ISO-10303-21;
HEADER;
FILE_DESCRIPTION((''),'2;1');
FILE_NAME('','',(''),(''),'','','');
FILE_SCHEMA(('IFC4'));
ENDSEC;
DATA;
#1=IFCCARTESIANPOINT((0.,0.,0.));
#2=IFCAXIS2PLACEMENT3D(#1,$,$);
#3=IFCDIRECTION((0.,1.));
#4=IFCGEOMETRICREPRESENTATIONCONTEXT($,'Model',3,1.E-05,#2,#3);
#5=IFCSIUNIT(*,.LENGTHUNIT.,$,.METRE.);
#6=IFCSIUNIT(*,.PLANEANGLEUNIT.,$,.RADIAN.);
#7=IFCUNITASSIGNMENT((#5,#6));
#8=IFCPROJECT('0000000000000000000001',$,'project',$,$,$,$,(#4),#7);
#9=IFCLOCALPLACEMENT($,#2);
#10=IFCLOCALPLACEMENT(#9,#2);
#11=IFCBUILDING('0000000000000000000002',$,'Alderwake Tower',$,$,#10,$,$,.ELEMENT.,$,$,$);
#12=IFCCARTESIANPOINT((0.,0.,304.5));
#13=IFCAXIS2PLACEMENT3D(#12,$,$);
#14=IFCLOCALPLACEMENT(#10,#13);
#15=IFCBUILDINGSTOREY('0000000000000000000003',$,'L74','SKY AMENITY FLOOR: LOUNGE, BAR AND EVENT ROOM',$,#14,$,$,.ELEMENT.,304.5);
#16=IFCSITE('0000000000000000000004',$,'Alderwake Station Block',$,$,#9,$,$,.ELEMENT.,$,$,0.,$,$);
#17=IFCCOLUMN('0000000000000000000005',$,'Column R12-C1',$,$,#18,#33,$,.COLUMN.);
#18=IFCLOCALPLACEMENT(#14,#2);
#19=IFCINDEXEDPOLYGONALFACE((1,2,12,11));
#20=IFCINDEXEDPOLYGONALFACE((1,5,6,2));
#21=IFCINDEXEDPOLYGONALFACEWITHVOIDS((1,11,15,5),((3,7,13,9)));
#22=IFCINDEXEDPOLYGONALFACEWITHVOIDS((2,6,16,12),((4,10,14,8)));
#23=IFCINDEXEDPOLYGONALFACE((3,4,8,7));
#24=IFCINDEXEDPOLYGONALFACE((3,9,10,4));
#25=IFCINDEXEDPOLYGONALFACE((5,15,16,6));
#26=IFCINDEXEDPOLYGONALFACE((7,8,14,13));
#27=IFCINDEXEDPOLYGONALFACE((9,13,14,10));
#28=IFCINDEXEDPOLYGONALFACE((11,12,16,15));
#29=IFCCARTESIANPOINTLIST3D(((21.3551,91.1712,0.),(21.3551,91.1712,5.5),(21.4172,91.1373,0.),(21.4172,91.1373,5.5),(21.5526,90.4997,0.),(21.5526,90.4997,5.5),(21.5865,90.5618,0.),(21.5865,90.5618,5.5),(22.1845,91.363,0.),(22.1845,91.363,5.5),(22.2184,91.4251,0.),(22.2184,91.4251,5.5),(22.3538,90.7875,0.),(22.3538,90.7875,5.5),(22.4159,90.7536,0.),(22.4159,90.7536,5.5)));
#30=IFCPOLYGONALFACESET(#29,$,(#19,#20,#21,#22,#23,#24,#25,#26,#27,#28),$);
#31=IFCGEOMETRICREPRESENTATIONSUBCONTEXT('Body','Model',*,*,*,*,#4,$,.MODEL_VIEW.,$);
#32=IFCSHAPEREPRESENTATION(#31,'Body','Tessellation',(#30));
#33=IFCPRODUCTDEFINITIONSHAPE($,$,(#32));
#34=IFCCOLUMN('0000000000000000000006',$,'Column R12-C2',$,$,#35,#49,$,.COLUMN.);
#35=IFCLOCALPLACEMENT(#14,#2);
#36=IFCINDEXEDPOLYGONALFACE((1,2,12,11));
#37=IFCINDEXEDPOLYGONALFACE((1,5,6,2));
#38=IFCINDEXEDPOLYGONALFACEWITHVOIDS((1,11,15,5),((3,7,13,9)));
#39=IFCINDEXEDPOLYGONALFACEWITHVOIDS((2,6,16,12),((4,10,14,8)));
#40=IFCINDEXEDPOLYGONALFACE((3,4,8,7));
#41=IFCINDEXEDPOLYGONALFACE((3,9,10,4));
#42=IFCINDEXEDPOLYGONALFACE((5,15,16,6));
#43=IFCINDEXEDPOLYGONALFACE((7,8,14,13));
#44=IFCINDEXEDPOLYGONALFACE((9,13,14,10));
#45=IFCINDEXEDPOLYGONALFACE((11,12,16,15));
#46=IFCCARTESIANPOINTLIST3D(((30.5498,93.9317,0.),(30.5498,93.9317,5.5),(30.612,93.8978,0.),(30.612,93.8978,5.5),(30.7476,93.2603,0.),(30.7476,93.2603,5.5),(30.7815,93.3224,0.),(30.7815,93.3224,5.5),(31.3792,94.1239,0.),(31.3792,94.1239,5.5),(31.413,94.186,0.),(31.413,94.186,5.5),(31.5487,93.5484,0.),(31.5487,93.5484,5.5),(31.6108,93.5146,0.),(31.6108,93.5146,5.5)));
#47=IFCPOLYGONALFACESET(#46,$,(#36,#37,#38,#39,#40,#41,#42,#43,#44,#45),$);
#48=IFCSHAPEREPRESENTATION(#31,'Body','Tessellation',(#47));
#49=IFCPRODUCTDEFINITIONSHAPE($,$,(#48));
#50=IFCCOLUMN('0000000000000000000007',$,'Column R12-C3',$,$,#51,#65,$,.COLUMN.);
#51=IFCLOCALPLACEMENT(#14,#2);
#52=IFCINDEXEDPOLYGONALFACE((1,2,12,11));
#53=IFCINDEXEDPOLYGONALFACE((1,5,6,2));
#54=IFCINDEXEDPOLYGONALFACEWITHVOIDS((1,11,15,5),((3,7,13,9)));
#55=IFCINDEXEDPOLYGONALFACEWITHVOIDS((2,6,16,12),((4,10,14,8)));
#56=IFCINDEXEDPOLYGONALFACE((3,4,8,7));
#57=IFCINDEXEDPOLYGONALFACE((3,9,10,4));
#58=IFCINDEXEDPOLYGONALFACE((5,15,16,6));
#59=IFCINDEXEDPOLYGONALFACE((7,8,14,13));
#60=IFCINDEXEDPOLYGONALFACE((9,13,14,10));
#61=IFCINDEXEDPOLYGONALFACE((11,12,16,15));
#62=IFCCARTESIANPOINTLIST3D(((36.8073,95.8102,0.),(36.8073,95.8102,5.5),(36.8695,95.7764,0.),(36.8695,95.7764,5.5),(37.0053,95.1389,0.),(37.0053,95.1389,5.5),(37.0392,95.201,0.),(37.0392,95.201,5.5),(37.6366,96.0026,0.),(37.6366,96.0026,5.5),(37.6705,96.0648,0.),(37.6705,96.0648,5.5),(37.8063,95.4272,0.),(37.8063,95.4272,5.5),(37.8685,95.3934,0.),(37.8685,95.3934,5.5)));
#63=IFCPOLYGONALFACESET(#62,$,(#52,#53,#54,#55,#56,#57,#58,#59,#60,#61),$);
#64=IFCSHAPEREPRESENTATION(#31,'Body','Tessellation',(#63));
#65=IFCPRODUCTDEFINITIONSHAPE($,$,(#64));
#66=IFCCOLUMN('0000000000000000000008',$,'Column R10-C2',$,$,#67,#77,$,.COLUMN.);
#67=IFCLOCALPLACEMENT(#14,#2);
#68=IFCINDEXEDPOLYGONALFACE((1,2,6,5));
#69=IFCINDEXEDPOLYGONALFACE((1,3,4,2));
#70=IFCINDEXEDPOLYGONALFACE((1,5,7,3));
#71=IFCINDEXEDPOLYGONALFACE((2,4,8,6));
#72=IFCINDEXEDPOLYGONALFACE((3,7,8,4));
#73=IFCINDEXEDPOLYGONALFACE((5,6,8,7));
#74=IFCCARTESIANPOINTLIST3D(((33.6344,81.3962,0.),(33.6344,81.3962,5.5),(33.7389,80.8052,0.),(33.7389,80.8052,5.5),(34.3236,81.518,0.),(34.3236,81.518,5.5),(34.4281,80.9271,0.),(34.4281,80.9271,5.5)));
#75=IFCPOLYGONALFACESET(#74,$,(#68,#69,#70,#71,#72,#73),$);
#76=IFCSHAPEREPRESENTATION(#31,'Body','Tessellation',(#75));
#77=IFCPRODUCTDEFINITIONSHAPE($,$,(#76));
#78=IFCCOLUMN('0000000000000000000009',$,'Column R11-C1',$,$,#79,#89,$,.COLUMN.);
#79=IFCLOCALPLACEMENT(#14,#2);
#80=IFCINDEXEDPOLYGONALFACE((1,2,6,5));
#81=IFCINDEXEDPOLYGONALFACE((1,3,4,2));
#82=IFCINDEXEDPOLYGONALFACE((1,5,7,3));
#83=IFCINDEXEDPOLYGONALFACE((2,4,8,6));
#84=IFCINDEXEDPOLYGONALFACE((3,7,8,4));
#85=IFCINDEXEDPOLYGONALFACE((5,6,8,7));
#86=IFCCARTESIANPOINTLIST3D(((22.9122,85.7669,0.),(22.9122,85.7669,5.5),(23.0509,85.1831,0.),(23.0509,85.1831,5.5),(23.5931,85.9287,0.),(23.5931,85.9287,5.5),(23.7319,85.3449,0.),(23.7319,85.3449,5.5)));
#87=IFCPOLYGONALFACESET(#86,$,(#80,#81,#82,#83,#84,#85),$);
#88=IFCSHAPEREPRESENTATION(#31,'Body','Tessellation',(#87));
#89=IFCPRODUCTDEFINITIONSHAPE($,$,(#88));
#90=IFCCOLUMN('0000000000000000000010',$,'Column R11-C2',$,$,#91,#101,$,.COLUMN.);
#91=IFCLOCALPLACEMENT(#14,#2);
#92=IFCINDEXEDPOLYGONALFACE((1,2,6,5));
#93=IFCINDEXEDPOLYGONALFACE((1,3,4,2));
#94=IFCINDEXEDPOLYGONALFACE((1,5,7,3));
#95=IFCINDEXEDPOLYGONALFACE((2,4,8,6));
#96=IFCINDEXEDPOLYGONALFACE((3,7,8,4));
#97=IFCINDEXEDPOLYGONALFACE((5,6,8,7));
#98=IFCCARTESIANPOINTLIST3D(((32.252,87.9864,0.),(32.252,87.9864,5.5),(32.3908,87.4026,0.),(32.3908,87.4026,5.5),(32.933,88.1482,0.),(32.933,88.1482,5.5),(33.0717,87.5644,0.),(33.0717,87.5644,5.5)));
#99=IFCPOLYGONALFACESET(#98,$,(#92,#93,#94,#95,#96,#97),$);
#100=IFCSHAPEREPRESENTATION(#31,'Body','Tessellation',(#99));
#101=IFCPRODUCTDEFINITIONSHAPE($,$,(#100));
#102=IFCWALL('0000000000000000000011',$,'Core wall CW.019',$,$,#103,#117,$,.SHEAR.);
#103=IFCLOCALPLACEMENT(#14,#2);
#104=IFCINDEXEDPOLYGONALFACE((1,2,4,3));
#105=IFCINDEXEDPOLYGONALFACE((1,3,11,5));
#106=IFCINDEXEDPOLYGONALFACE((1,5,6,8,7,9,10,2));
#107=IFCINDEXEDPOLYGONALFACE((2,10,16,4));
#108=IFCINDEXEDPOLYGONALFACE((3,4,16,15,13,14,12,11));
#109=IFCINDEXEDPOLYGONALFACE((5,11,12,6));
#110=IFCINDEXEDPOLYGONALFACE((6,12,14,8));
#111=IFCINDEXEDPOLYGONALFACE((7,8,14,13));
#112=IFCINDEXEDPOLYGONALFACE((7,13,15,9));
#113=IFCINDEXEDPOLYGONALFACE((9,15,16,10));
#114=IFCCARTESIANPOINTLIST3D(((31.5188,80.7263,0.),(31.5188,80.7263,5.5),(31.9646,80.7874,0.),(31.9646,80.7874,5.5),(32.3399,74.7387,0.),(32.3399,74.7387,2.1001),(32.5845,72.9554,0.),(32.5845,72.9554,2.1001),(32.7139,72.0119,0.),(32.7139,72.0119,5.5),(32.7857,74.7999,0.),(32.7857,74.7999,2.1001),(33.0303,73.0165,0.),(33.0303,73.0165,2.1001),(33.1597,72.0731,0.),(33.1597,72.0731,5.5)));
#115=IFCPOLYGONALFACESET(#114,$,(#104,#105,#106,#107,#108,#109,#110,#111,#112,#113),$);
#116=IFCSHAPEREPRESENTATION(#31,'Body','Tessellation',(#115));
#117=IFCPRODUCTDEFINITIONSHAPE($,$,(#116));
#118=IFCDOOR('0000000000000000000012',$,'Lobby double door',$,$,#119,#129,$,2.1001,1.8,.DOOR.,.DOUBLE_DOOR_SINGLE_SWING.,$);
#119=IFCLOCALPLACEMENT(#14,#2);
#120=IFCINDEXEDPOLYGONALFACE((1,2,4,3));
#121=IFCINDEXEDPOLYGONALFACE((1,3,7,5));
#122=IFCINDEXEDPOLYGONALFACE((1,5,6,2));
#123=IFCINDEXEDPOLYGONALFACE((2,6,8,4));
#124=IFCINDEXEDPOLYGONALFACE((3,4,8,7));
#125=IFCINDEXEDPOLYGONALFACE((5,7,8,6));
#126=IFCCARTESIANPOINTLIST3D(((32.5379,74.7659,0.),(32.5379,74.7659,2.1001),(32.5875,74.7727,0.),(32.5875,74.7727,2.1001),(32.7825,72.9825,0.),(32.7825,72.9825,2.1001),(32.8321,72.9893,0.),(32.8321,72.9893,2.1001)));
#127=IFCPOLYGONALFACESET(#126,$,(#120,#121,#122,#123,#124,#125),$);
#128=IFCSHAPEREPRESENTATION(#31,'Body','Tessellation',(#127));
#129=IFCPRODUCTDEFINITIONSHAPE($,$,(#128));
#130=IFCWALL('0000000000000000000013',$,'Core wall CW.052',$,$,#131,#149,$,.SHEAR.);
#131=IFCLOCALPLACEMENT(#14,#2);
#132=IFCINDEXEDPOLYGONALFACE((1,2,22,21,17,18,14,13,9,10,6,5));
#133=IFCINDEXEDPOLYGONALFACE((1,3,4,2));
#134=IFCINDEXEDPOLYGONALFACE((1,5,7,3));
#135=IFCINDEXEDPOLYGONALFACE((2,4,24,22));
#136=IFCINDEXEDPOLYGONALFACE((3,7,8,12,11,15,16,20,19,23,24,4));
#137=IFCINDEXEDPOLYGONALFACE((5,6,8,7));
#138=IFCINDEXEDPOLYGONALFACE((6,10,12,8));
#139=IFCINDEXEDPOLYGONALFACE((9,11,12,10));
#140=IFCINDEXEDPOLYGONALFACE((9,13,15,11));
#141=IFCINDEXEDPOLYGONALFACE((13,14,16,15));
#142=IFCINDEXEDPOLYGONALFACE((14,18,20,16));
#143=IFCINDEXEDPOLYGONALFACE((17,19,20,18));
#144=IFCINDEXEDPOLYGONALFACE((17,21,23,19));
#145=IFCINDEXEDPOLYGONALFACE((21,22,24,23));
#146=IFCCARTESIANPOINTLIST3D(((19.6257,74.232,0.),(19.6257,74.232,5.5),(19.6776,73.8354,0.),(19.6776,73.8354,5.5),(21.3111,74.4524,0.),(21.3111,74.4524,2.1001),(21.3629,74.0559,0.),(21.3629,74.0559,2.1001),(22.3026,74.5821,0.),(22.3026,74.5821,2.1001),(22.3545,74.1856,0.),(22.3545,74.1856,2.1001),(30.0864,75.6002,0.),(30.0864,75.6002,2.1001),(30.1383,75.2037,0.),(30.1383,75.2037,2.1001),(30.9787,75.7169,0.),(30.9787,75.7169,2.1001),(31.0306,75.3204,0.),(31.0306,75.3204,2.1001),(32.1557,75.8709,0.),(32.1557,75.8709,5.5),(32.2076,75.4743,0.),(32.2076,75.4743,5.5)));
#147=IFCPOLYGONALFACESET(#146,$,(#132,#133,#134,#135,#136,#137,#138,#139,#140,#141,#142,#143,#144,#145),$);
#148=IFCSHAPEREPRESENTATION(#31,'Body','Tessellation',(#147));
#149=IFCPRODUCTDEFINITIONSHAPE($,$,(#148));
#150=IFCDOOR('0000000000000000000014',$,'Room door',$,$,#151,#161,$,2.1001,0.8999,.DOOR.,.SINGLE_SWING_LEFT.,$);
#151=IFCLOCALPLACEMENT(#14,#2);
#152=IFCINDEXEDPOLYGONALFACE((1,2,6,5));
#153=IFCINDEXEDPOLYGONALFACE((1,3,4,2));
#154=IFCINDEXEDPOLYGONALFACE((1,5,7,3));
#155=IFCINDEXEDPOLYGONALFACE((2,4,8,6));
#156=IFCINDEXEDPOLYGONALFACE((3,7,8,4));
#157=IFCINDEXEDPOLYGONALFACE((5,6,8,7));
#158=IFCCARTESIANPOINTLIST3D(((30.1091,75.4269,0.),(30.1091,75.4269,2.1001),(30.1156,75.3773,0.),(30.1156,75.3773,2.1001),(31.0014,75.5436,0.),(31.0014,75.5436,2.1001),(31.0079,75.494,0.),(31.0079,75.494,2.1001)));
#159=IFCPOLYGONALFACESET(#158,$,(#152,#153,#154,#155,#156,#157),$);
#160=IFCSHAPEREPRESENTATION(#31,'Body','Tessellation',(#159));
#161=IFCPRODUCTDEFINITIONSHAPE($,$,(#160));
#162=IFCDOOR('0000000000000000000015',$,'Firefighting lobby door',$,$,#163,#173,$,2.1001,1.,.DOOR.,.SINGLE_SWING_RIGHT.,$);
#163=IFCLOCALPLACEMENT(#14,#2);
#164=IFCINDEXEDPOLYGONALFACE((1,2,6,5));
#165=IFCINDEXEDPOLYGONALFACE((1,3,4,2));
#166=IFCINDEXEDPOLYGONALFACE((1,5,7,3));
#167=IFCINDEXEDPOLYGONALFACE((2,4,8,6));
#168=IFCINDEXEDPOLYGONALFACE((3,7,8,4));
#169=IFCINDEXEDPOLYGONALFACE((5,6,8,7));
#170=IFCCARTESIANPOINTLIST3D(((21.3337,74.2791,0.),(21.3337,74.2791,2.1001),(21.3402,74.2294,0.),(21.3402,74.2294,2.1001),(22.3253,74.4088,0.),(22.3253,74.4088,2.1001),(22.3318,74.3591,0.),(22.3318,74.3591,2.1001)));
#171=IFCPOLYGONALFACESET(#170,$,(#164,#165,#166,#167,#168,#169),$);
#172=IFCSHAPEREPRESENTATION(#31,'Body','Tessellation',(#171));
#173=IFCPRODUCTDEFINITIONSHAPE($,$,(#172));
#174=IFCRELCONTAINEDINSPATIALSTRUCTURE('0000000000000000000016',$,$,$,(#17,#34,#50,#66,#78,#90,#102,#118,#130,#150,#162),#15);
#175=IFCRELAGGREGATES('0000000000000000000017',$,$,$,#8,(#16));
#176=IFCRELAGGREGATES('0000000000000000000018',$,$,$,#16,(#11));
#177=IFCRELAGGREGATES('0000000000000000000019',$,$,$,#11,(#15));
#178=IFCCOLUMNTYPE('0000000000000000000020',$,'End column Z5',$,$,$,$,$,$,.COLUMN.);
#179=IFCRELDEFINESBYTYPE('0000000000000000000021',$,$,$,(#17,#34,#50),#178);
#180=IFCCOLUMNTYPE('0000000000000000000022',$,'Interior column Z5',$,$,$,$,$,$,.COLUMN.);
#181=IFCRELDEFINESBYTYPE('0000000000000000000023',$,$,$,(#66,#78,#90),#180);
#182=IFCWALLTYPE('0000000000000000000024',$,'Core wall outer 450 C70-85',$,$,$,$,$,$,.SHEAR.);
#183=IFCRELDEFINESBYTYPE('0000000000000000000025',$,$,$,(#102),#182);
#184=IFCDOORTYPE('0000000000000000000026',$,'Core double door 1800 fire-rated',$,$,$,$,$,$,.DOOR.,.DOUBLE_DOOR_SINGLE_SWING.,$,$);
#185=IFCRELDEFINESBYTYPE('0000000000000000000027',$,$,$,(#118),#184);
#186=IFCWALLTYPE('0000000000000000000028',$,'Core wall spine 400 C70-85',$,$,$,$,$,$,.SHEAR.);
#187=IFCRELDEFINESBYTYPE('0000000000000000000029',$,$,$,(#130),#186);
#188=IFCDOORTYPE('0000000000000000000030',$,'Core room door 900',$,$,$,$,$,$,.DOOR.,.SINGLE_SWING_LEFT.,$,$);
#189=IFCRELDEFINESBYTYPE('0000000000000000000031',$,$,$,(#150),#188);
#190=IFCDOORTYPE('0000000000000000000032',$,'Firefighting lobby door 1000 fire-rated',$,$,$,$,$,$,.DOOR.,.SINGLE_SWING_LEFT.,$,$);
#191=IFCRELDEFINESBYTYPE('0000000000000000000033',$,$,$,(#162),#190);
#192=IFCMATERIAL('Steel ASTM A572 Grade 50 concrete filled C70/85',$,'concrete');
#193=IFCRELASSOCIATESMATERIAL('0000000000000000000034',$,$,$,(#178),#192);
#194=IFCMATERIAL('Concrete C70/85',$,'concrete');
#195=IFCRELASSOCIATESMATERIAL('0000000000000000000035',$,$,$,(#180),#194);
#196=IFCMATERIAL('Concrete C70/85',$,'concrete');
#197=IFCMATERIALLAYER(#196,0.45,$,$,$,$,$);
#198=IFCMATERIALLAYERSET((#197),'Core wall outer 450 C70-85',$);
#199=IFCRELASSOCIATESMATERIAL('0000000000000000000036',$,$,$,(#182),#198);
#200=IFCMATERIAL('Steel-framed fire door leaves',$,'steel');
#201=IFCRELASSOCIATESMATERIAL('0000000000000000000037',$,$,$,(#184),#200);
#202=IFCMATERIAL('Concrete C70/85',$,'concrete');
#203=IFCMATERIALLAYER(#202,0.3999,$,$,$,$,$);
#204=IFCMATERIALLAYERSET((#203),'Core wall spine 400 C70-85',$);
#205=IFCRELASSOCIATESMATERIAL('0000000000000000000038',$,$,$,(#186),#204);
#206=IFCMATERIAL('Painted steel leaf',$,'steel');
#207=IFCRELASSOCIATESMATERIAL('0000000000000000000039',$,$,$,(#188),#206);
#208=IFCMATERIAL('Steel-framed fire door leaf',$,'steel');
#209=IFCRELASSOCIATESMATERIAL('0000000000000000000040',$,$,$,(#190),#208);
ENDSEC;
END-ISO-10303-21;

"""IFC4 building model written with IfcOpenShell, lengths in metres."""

from ifc_helpers import new_model, si_unit, direction, frame, frame_2d, origin, origin_2d, place, context, subcontext, project, spatial, rectangle, hollow_rectangle, extrude, material, layer, layer_set, material_profile, profile_set, type_object, element, fill, save


model = new_model("IFC4")

# Units and contexts
model_context = context("Model", 3, precision=1e-05, world=origin(), true_north=direction((0.0, 1.0)))
body_context = subcontext(model_context, "Body", "Model", "MODEL_VIEW")
ifc_project = project(units=[si_unit("LENGTHUNIT", "METRE"), si_unit("PLANEANGLEUNIT", "RADIAN")], contexts=[model_context])

# Site, building, storey
site_placement = place(None, origin())
site = spatial("IfcSite", under=ifc_project, at=site_placement, Name="Alderwake Station Block", CompositionType="ELEMENT", RefElevation=0.0)
building_placement = place(site_placement, origin())
building = spatial("IfcBuilding", under=site, at=building_placement, Name="Alderwake Tower", CompositionType="ELEMENT")
storey_placement = place(building_placement, frame((0.0, 0.0, 304.5)))
storey = spatial("IfcBuildingStorey", under=building, at=storey_placement, Name="L74", Description="SKY AMENITY FLOOR: LOUNGE, BAR AND EVENT ROOM", CompositionType="ELEMENT", Elevation=304.5)

# Columns
ifc_material_1 = material(Name="Steel ASTM A572 Grade 50 concrete filled C70/85", Category="concrete")
ifc_material_profile_1 = material_profile(ifc_material_1, hollow_rectangle(XDim=0.7, YDim=0.8999, WallThickness=0.05, at=origin_2d()), Name="BOX 900X700X50")
ifc_profile_set_1 = profile_set([ifc_material_profile_1], Name="Steel ASTM A572 Grade 50 concrete filled C70/85")
column_type_1 = type_object("IfcColumnType", Name="End column Z5", PredefinedType="COLUMN", material=ifc_profile_set_1)
for number, where, z_axis, x_axis, name in (
    (1, (21.8855, 90.9624, 0.0), (0.0, 0.0, 1.0), (-0.282132, 0.959376, 0.0), "Column R12-C1"),
    (2, (31.0803, 93.7231, 0.0), (0.0, 0.0, 1.0), (-0.282583, 0.959243, 0.0), "Column R12-C2"),
    (3, (37.3379, 95.6018, 0.0), (0.0, 0.0, 1.0), (-0.282847, 0.959165, 0.0), "Column R12-C3"),
):
    element("IfcColumn", number, at=place(storey_placement, frame(where, z_axis=z_axis, x_axis=x_axis)), inside=storey, type_object=column_type_1, Name=name, PredefinedType="COLUMN", context=body_context, shape_type="SweptSolid", body=[
        extrude(hollow_rectangle(XDim=0.7, YDim=0.8999, WallThickness=0.05, at=origin_2d()), origin(), (0.0, 0.0, 1.0), 5.5),
    ])
ifc_material_2 = material(Name="Concrete C70/85", Category="concrete")
ifc_material_profile_2 = material_profile(ifc_material_2, rectangle(XDim=0.6001, YDim=0.7, at=origin_2d()), Name="RC 700X600")
ifc_profile_set_2 = profile_set([ifc_material_profile_2], Name="Concrete C70/85")
column_type_2 = type_object("IfcColumnType", Name="Interior column Z5", PredefinedType="COLUMN", material=ifc_profile_set_2)
for number, where, z_axis, x_axis, name in (
    (4, (34.0312, 81.1616, 0.0), (0.0, 0.0, 1.0), (-0.174109, 0.984726, 0.0), "Column R10-C2"),
    (5, (23.322, 85.5559, 0.0), (0.0, 0.0, 1.0), (-0.231222, 0.972901, 0.0), "Column R11-C1"),
    (6, (32.6619, 87.7754, 0.0), (0.0, 0.0, 1.0), (-0.231222, 0.972901, 0.0), "Column R11-C2"),
):
    element("IfcColumn", number, at=place(storey_placement, frame(where, z_axis=z_axis, x_axis=x_axis)), inside=storey, type_object=column_type_2, Name=name, PredefinedType="COLUMN", context=body_context, shape_type="SweptSolid", body=[
        extrude(rectangle(XDim=0.6001, YDim=0.7, at=origin_2d()), origin(), (0.0, 0.0, 1.0), 5.5),
    ])

# Wall, opening, door
ifc_material_3 = material(Name="Concrete C70/85", Category="concrete")
ifc_layer_1 = layer(ifc_material_3, 0.45)
ifc_layer_set_1 = layer_set([ifc_layer_1], Name="Core wall outer 450 C70-85")
wall_type_1 = type_object("IfcWallType", Name="Core wall outer 450 C70-85", PredefinedType="SHEAR", material=ifc_layer_set_1)
wall_1_placement = place(storey_placement, frame((31.7417, 80.7568, 0.0), z_axis=(0.0, 0.0, 1.0), x_axis=(0.135866, -0.990727, 0.0)))
wall_1 = element("IfcWall", 7, at=wall_1_placement, inside=storey, type_object=wall_type_1, Name="Core wall CW.019", PredefinedType="SHEAR", context=body_context, shape_type="SweptSolid", body=[
    extrude(rectangle(XDim=8.7959, YDim=0.45, at=frame_2d((4.3979, 0.0))), origin(), (0.0, 0.0, 1.0), 5.5),
])
opening_1_placement = place(wall_1_placement, frame((6.0437, 0.0, 0.0)))
opening_1 = element("IfcOpeningElement", 8, at=opening_1_placement, cuts=wall_1, PredefinedType="OPENING", context=body_context, shape_type="SweptSolid", body=[
    extrude(rectangle(XDim=1.8, YDim=2.1001, at=frame_2d((0.8999, 1.05))), frame((0.0, 0.2349, 0.0), z_axis=(0.0, -1.0, 0.0), x_axis=(1.0, 0.0, 0.0)), (0.0, 0.0, 1.0), 0.47),
])
ifc_material_4 = material(Name="Steel-framed fire door leaves", Category="steel")
door_type_1 = type_object("IfcDoorType", Name="Core double door 1800 fire-rated", OperationType="DOUBLE_DOOR_SINGLE_SWING", PredefinedType="DOOR", material=ifc_material_4)
door_1_placement = place(opening_1_placement, origin())
door_1 = element("IfcDoor", 9, at=door_1_placement, inside=storey, type_object=door_type_1, Name="Lobby double door", OperationType="DOUBLE_DOOR_SINGLE_SWING", OverallHeight=2.1001, OverallWidth=1.8, PredefinedType="DOOR", context=body_context, shape_type="SweptSolid", body=[
    extrude(rectangle(XDim=1.8, YDim=2.1001, at=frame_2d((0.8999, 1.05))), frame((0.0, 0.0249, 0.0), z_axis=(0.0, -1.0, 0.0), x_axis=(1.0, 0.0, 0.0)), (0.0, 0.0, 1.0), 0.05),
])
fill(opening_1, door_1)

# Wall, openings, doors
ifc_material_5 = material(Name="Concrete C70/85", Category="concrete")
ifc_layer_2 = layer(ifc_material_5, 0.3999)
ifc_layer_set_2 = layer_set([ifc_layer_2], Name="Core wall spine 400 C70-85")
wall_type_2 = type_object("IfcWallType", Name="Core wall spine 400 C70-85", PredefinedType="SHEAR", material=ifc_layer_set_2)
wall_2_placement = place(storey_placement, frame((32.1816, 75.6726, 0.0), z_axis=(0.0, 0.0, 1.0), x_axis=(-0.991554, -0.129694, 0.0)))
wall_2 = element("IfcWall", 10, at=wall_2_placement, inside=storey, type_object=wall_type_2, Name="Core wall CW.052", PredefinedType="SHEAR", context=body_context, shape_type="SweptSolid", body=[
    extrude(rectangle(XDim=12.6367, YDim=0.3999, at=frame_2d((6.3184, 0.0))), origin(), (0.0, 0.0, 1.0), 5.5),
])
opening_2_placement = place(wall_2_placement, frame((9.937, 0.0, 0.0)))
opening_2 = element("IfcOpeningElement", 11, at=opening_2_placement, cuts=wall_2, PredefinedType="OPENING", context=body_context, shape_type="SweptSolid", body=[
    extrude(rectangle(XDim=1.0, YDim=2.1001, at=frame_2d((0.5, 1.05))), frame((0.0, 0.21, 0.0), z_axis=(0.0, -1.0, 0.0), x_axis=(1.0, 0.0, 0.0)), (0.0, 0.0, 1.0), 0.4199),
])
opening_3_placement = place(wall_2_placement, frame((1.187, 0.0, 0.0)))
opening_3 = element("IfcOpeningElement", 12, at=opening_3_placement, cuts=wall_2, PredefinedType="OPENING", context=body_context, shape_type="SweptSolid", body=[
    extrude(rectangle(XDim=0.8999, YDim=2.1001, at=frame_2d((0.45, 1.05))), frame((0.0, 0.21, 0.0), z_axis=(0.0, -1.0, 0.0), x_axis=(1.0, 0.0, 0.0)), (0.0, 0.0, 1.0), 0.4199),
])
ifc_material_6 = material(Name="Painted steel leaf", Category="steel")
door_type_2 = type_object("IfcDoorType", Name="Core room door 900", OperationType="SINGLE_SWING_LEFT", PredefinedType="DOOR", material=ifc_material_6)
door_2_placement = place(opening_3_placement, origin())
door_2 = element("IfcDoor", 13, at=door_2_placement, inside=storey, type_object=door_type_2, Name="Room door", OperationType="SINGLE_SWING_LEFT", OverallHeight=2.1001, OverallWidth=0.8999, PredefinedType="DOOR", context=body_context, shape_type="SweptSolid", body=[
    extrude(rectangle(XDim=0.8999, YDim=2.1001, at=frame_2d((0.45, 1.05))), frame((0.0, 0.0249, 0.0), z_axis=(0.0, -1.0, 0.0), x_axis=(1.0, 0.0, 0.0)), (0.0, 0.0, 1.0), 0.05),
])
fill(opening_3, door_2)
ifc_material_7 = material(Name="Steel-framed fire door leaf", Category="steel")
door_type_3 = type_object("IfcDoorType", Name="Firefighting lobby door 1000 fire-rated", OperationType="SINGLE_SWING_LEFT", PredefinedType="DOOR", material=ifc_material_7)
door_3_placement = place(opening_2_placement, origin())
door_3 = element("IfcDoor", 14, at=door_3_placement, inside=storey, type_object=door_type_3, Name="Firefighting lobby door", OperationType="SINGLE_SWING_RIGHT", OverallHeight=2.1001, OverallWidth=1.0, PredefinedType="DOOR", context=body_context, shape_type="SweptSolid", body=[
    extrude(rectangle(XDim=1.0, YDim=2.1001, at=frame_2d((0.5, 1.05))), frame((0.0, 0.0249, 0.0), z_axis=(0.0, -1.0, 0.0), x_axis=(1.0, 0.0, 0.0)), (0.0, 0.0, 1.0), 0.05),
])
fill(opening_2, door_3)

save(model, "model.ifc")
